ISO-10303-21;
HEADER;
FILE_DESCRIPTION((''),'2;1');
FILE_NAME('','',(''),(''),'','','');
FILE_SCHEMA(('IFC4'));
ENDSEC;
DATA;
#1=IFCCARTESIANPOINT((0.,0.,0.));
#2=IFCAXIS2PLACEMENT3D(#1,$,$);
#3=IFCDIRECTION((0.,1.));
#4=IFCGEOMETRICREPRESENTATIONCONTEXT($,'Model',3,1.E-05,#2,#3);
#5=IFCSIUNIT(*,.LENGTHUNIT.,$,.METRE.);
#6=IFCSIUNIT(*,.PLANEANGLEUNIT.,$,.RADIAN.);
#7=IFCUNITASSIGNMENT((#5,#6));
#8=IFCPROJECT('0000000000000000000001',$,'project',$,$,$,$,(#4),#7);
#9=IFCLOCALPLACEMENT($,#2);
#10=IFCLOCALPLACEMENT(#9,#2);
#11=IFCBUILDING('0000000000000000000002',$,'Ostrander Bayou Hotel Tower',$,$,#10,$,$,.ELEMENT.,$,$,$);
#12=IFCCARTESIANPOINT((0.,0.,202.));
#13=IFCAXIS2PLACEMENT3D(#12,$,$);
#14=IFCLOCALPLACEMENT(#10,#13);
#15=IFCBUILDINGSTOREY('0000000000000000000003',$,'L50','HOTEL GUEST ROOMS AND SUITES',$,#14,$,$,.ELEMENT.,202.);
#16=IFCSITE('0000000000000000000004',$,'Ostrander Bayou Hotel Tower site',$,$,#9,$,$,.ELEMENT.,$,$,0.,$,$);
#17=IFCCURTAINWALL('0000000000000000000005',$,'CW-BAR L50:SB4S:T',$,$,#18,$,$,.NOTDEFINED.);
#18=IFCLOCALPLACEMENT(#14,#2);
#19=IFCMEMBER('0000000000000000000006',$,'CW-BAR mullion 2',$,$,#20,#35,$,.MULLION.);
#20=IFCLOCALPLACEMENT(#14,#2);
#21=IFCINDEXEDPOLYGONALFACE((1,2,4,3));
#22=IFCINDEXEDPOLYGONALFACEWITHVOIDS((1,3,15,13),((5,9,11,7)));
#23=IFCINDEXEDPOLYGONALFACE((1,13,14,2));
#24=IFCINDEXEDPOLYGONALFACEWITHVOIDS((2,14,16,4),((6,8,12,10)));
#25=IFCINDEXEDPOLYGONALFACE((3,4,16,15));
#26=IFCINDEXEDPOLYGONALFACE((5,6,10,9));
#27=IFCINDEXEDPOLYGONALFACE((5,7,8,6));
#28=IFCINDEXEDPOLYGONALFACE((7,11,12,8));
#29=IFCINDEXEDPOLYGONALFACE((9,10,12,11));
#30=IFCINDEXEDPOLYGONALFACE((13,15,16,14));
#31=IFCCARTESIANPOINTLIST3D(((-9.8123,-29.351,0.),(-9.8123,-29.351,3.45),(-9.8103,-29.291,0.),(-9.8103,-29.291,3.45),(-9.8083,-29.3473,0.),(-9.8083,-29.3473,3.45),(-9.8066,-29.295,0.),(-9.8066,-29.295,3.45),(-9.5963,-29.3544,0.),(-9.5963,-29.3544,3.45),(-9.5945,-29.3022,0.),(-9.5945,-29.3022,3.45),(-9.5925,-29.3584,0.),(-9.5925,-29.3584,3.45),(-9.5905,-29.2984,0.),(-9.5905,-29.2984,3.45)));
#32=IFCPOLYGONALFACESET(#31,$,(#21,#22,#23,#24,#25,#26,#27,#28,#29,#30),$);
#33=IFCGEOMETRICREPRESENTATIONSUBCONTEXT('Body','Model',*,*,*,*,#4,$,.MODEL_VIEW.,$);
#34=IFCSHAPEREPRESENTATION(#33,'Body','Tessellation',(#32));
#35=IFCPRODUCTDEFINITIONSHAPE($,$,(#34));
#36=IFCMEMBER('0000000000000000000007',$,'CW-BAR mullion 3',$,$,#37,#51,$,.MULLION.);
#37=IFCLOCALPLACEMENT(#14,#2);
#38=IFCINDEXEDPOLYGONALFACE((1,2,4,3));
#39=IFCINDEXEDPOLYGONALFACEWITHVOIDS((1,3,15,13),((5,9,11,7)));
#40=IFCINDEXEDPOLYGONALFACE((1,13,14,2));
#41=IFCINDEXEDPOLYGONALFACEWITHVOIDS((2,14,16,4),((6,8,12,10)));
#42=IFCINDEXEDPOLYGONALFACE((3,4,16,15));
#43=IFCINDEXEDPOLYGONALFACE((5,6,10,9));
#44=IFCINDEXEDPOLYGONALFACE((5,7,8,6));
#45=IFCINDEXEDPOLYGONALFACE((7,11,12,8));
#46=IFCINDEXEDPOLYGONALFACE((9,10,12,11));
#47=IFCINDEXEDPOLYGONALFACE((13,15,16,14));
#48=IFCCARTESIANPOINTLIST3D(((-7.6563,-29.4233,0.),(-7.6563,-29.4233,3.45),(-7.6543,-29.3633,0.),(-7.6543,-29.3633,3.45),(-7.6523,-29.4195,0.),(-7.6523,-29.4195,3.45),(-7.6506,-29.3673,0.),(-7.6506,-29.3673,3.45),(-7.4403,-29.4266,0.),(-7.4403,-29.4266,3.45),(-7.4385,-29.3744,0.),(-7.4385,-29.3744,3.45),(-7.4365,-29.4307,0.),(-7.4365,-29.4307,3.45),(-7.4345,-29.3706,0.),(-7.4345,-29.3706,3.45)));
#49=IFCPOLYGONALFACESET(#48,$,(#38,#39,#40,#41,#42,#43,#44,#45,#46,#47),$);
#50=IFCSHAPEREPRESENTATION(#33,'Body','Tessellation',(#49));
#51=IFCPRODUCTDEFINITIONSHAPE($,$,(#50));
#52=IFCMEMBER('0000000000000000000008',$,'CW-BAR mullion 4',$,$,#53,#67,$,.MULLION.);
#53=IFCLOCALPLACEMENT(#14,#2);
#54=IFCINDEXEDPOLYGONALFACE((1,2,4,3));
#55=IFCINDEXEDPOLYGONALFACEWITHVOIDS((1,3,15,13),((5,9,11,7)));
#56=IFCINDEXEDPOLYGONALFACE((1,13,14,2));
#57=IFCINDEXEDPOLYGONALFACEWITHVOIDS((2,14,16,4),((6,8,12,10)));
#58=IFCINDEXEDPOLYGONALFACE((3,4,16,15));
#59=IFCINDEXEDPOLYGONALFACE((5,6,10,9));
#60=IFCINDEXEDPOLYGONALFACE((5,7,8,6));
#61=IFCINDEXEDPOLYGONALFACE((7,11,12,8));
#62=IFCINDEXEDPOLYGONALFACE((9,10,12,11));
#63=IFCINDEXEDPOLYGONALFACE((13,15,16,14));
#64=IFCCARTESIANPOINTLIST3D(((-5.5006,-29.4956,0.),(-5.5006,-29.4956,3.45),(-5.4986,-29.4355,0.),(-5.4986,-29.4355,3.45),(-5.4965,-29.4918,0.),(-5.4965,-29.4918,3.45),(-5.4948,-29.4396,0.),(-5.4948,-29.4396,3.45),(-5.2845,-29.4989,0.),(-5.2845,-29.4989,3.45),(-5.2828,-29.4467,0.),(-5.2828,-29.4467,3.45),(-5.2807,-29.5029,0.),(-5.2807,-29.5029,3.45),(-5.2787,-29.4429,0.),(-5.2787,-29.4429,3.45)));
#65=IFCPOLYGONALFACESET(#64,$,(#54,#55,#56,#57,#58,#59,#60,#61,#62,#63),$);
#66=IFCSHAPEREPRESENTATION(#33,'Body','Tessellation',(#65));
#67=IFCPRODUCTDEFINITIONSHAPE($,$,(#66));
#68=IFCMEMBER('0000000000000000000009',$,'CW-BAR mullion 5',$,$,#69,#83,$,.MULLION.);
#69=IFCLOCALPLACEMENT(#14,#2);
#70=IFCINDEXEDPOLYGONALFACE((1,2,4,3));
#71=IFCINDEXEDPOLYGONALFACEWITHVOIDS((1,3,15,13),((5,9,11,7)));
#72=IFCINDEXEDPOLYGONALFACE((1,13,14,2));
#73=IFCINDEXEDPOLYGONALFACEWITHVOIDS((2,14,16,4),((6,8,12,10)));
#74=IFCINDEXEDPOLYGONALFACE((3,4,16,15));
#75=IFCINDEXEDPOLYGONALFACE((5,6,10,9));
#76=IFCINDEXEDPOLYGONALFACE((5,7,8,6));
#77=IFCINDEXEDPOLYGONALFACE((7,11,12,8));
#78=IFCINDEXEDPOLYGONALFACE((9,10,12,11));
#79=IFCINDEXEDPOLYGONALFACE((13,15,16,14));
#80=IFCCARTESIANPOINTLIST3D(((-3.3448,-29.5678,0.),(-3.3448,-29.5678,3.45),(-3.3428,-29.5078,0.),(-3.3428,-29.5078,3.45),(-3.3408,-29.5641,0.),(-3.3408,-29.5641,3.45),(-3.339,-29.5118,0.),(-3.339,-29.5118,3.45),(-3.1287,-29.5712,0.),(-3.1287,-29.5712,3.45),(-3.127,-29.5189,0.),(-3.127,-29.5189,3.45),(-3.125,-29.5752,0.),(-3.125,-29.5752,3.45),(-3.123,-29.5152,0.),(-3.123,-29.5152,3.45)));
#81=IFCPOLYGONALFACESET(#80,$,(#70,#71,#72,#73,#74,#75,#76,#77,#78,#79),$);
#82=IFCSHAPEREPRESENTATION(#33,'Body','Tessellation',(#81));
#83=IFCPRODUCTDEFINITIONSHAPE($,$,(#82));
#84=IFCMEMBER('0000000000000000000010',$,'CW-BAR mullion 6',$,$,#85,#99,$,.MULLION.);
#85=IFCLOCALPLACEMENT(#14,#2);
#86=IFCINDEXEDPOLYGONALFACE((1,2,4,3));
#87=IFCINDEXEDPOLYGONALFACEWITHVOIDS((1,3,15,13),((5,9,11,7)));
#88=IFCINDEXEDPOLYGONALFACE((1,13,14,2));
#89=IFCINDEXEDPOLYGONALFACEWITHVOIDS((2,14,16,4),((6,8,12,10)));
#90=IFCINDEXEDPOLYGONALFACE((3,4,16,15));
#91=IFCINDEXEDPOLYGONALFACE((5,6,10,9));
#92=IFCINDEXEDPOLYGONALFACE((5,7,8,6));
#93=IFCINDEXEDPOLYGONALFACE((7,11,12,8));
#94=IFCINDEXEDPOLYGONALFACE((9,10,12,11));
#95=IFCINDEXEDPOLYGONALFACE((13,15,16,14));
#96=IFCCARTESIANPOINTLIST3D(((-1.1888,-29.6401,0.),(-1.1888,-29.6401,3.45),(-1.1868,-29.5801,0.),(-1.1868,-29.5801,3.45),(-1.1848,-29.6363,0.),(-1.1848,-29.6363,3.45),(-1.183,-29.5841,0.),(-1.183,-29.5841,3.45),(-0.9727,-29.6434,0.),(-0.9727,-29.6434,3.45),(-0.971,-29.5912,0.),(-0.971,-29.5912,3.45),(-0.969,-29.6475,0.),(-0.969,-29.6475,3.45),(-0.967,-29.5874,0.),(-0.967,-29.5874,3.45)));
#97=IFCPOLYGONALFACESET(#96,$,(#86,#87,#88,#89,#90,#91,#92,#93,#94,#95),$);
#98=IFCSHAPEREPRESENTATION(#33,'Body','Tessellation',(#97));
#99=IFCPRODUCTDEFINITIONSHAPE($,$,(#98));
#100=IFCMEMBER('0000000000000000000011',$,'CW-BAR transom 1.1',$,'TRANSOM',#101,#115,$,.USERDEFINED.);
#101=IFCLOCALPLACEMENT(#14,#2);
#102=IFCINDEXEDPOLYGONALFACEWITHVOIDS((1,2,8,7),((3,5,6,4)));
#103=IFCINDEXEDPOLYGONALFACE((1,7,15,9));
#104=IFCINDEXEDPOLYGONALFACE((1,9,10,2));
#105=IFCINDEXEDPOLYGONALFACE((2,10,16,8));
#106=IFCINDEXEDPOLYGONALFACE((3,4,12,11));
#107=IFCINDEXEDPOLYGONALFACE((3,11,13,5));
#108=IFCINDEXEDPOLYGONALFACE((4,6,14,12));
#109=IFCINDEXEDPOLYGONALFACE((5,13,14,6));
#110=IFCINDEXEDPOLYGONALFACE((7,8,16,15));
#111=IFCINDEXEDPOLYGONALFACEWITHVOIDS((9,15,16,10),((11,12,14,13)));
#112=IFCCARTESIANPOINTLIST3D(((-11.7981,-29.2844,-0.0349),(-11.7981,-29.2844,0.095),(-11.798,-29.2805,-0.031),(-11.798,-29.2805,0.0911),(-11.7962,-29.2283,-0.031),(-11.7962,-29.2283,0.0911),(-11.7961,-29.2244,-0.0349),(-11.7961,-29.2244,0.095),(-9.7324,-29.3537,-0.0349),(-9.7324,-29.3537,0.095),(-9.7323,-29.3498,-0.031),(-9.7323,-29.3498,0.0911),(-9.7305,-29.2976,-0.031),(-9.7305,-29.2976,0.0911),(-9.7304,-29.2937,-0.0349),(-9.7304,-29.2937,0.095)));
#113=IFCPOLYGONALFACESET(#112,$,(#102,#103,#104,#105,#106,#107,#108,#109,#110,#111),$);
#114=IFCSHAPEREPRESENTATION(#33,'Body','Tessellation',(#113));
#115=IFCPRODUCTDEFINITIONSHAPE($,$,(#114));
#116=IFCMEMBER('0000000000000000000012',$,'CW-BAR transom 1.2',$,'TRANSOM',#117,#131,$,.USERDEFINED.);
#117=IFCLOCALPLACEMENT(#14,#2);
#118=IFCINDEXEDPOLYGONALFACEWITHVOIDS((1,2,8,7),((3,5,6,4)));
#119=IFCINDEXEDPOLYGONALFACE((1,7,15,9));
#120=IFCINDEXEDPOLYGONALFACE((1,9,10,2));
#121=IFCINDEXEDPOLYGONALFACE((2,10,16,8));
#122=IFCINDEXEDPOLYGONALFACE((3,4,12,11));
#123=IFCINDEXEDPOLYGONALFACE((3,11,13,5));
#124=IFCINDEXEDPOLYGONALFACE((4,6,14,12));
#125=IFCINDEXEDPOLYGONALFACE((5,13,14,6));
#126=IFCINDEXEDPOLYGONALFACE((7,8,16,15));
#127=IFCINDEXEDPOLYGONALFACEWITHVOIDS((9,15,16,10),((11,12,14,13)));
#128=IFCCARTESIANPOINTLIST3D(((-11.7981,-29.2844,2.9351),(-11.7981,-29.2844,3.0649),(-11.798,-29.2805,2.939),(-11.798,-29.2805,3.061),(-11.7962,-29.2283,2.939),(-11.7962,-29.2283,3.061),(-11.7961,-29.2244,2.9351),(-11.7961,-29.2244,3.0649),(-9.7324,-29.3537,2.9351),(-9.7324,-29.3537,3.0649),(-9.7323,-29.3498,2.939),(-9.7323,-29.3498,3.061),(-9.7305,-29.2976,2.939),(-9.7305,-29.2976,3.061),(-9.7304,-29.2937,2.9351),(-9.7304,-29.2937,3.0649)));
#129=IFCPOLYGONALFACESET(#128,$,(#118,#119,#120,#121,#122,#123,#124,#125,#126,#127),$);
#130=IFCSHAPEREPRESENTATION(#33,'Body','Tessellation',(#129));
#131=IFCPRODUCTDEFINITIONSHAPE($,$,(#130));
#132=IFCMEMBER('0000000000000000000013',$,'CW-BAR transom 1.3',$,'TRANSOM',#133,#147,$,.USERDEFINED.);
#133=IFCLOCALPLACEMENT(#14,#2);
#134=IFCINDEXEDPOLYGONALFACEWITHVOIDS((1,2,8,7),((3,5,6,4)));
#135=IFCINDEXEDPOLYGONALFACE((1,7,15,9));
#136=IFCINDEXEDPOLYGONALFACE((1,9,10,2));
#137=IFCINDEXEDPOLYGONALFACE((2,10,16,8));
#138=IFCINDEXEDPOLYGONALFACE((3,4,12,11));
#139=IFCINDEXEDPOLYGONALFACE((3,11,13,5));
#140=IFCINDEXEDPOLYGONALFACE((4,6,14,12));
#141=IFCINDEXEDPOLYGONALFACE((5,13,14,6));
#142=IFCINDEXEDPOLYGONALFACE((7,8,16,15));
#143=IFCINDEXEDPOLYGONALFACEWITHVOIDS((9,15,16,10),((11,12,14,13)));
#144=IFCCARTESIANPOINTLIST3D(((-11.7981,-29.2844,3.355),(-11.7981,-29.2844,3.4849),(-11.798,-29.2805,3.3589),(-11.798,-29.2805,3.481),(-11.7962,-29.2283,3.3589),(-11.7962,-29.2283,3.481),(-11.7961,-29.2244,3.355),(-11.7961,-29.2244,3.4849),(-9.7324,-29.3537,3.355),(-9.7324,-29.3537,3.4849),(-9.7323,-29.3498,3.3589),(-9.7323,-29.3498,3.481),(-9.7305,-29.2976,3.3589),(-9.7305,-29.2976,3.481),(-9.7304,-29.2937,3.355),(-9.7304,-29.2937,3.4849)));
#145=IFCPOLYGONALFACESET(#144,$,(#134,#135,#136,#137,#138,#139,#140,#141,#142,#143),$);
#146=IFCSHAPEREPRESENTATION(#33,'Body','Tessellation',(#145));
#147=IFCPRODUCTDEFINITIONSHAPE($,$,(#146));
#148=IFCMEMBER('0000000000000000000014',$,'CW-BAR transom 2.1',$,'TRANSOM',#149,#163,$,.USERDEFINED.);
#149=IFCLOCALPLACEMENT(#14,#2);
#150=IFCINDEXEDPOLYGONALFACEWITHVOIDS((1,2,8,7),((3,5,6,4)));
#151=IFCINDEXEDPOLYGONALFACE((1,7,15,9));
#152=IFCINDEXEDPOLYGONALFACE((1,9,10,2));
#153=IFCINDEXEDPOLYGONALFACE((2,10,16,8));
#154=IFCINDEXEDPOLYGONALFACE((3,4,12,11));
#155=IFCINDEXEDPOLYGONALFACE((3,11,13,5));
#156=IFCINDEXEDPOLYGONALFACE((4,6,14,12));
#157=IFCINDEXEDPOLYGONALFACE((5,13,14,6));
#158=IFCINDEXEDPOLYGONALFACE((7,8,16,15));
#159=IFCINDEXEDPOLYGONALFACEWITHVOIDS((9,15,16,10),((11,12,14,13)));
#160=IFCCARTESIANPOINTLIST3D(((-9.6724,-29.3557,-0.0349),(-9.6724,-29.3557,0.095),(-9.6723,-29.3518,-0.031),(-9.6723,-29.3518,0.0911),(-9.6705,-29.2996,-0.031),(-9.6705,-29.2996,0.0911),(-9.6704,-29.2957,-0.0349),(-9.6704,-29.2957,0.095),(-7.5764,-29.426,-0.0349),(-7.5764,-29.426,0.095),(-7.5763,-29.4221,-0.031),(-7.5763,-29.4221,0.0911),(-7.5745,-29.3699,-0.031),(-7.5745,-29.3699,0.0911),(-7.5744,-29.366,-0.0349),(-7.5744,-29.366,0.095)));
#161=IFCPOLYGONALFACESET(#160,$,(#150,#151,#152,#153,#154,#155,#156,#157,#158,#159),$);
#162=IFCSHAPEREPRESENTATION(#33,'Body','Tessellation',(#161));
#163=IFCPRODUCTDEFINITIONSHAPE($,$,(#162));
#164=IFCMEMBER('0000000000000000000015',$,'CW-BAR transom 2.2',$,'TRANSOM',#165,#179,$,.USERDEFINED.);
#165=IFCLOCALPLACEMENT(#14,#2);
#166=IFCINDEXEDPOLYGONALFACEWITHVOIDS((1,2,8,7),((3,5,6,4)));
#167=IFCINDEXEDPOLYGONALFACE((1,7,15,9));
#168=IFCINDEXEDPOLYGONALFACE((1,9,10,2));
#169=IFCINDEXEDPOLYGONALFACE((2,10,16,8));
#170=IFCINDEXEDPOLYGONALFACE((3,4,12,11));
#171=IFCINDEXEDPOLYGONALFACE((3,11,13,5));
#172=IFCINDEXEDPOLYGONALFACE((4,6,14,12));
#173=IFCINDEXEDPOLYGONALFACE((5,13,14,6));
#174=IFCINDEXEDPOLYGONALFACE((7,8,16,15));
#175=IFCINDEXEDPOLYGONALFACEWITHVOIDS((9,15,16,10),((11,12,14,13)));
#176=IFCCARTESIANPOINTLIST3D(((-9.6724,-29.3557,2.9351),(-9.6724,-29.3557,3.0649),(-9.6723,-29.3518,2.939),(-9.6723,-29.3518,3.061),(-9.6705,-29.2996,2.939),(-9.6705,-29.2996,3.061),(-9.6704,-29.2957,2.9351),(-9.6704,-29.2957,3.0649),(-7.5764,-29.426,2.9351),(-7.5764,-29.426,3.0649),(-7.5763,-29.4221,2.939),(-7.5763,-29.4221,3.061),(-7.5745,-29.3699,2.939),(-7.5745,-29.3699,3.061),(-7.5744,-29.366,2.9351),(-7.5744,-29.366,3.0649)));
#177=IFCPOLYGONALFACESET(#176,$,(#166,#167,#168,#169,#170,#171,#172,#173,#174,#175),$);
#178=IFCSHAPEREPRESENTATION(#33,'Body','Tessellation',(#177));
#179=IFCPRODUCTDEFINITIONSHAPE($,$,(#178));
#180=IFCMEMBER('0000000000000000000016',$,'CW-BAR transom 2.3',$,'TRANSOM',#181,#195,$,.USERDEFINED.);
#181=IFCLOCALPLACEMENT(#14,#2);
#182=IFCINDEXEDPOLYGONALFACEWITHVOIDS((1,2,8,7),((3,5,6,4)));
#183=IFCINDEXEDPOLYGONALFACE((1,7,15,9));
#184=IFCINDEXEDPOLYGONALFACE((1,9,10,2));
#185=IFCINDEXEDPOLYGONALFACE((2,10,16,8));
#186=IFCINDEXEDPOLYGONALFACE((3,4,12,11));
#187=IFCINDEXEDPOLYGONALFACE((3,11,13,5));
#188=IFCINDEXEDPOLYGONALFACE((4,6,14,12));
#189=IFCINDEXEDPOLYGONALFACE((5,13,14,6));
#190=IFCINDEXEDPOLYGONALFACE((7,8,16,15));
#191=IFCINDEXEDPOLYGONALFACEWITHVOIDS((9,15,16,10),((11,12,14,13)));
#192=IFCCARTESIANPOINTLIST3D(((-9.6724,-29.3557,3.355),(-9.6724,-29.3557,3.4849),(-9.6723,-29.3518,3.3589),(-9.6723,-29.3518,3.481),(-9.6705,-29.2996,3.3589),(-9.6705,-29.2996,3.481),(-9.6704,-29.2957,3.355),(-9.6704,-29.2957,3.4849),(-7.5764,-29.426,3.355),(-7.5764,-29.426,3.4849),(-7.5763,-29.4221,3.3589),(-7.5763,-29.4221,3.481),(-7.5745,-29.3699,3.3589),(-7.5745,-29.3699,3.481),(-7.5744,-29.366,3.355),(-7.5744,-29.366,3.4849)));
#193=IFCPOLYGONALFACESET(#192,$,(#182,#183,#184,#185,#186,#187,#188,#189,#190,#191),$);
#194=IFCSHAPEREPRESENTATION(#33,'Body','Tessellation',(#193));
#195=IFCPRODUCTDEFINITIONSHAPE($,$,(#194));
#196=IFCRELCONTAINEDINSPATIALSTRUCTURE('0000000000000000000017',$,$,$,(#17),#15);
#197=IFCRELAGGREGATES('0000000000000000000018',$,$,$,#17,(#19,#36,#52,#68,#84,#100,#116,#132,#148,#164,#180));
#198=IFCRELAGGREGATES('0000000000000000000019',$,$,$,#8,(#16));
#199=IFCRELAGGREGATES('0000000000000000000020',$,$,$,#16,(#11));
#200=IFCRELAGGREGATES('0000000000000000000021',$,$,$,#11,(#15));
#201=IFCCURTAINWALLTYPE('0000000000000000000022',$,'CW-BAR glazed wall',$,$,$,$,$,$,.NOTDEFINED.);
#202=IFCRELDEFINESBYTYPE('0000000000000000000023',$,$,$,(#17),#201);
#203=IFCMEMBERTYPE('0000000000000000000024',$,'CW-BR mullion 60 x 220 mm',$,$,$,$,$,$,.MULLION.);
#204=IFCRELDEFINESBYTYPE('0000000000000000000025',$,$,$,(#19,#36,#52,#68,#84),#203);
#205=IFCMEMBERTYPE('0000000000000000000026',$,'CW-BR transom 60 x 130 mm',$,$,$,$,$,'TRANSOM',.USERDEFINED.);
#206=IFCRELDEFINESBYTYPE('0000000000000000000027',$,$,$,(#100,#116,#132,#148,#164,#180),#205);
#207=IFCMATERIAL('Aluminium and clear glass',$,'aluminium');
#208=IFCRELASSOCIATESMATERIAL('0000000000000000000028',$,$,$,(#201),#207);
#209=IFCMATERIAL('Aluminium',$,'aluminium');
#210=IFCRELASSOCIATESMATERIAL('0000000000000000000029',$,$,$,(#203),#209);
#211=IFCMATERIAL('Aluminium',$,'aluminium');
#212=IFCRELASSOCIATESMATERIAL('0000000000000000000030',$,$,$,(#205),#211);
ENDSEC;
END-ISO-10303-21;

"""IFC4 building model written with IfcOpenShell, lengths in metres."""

from ifc_helpers import new_model, si_unit, direction, frame, origin, origin_2d, place, context, subcontext, project, spatial, hollow_rectangle, extrude, material, material_profile, profile_set, type_object, element, aggregate, save


model = new_model("IFC4")

# Units and contexts
model_context = context("Model", 3, precision=1e-05, world=origin(), true_north=direction((0.0, 1.0)))
body_context = subcontext(model_context, "Body", "Model", "MODEL_VIEW")
ifc_project = project(units=[si_unit("LENGTHUNIT", "METRE"), si_unit("PLANEANGLEUNIT", "RADIAN")], contexts=[model_context])

# Site, building, storey
site_placement = place(None, origin())
site = spatial("IfcSite", under=ifc_project, at=site_placement, Name="Ostrander Bayou Hotel Tower site", CompositionType="ELEMENT", RefElevation=0.0)
building_placement = place(site_placement, origin())
building = spatial("IfcBuilding", under=site, at=building_placement, Name="Ostrander Bayou Hotel Tower", CompositionType="ELEMENT")
storey_placement = place(building_placement, frame((0.0, 0.0, 202.0)))
storey = spatial("IfcBuildingStorey", under=building, at=storey_placement, Name="L50", Description="HOTEL GUEST ROOMS AND SUITES", CompositionType="ELEMENT", Elevation=202.0)

# Curtain wall, members
ifc_material_1 = material(Name="Aluminium and clear glass", Category="aluminium")
curtain_wall_type = type_object("IfcCurtainWallType", Name="CW-BAR glazed wall", PredefinedType="NOTDEFINED", material=ifc_material_1)
curtain_wall_placement = place(storey_placement, origin())
curtain_wall = element("IfcCurtainWall", 1, at=curtain_wall_placement, inside=storey, type_object=curtain_wall_type, Name="CW-BAR L50:SB4S:T", PredefinedType="NOTDEFINED")
ifc_material_2 = material(Name="Aluminium", Category="aluminium")
ifc_material_profile_1 = material_profile(ifc_material_2, hollow_rectangle(XDim=0.0601, YDim=0.22, WallThickness=0.0039, at=origin_2d()))
ifc_profile_set_1 = profile_set([ifc_material_profile_1], Name="Aluminium")
member_type_1 = type_object("IfcMemberType", Name="CW-BR mullion 60 x 220 mm", PredefinedType="MULLION", material=ifc_profile_set_1)
member_1_placement = place(storey_placement, frame((-9.7014, -29.3247, 0.0), z_axis=(0.0, 0.0, 1.0), x_axis=(0.033505, 0.999439, 0.0)))
member_1 = element("IfcMember", 2, at=member_1_placement, type_object=member_type_1, Name="CW-BAR mullion 2", PredefinedType="MULLION", context=body_context, shape_type="SweptSolid", body=[
    extrude(hollow_rectangle(XDim=0.0601, YDim=0.22, WallThickness=0.0039, at=origin_2d()), origin(), (0.0, 0.0, 1.0), 3.45),
])
member_2_placement = place(storey_placement, frame((-7.5454, -29.397, 0.0), z_axis=(0.0, 0.0, 1.0), x_axis=(0.033505, 0.999439, 0.0)))
member_2 = element("IfcMember", 3, at=member_2_placement, type_object=member_type_1, Name="CW-BAR mullion 3", PredefinedType="MULLION", context=body_context, shape_type="SweptSolid", body=[
    extrude(hollow_rectangle(XDim=0.0601, YDim=0.22, WallThickness=0.0039, at=origin_2d()), origin(), (0.0, 0.0, 1.0), 3.45),
])
member_3_placement = place(storey_placement, frame((-5.3896, -29.4692, 0.0), z_axis=(0.0, 0.0, 1.0), x_axis=(0.033505, 0.999439, 0.0)))
member_3 = element("IfcMember", 4, at=member_3_placement, type_object=member_type_1, Name="CW-BAR mullion 4", PredefinedType="MULLION", context=body_context, shape_type="SweptSolid", body=[
    extrude(hollow_rectangle(XDim=0.0601, YDim=0.22, WallThickness=0.0039, at=origin_2d()), origin(), (0.0, 0.0, 1.0), 3.45),
])
member_4_placement = place(storey_placement, frame((-3.2339, -29.5415, 0.0), z_axis=(0.0, 0.0, 1.0), x_axis=(0.033505, 0.999439, 0.0)))
member_4 = element("IfcMember", 5, at=member_4_placement, type_object=member_type_1, Name="CW-BAR mullion 5", PredefinedType="MULLION", context=body_context, shape_type="SweptSolid", body=[
    extrude(hollow_rectangle(XDim=0.0601, YDim=0.22, WallThickness=0.0039, at=origin_2d()), origin(), (0.0, 0.0, 1.0), 3.45),
])
member_5_placement = place(storey_placement, frame((-1.0779, -29.6138, 0.0), z_axis=(0.0, 0.0, 1.0), x_axis=(0.033505, 0.999439, 0.0)))
member_5 = element("IfcMember", 6, at=member_5_placement, type_object=member_type_1, Name="CW-BAR mullion 6", PredefinedType="MULLION", context=body_context, shape_type="SweptSolid", body=[
    extrude(hollow_rectangle(XDim=0.0601, YDim=0.22, WallThickness=0.0039, at=origin_2d()), origin(), (0.0, 0.0, 1.0), 3.45),
])
ifc_material_3 = material(Name="Aluminium", Category="aluminium")
ifc_material_profile_2 = material_profile(ifc_material_3, hollow_rectangle(XDim=0.0601, YDim=0.1299, WallThickness=0.0039, at=origin_2d()))
ifc_profile_set_2 = profile_set([ifc_material_profile_2], Name="Aluminium")
member_type_2 = type_object("IfcMemberType", Name="CW-BR transom 60 x 130 mm", ElementType="TRANSOM", PredefinedType="USERDEFINED", material=ifc_profile_set_2)
member_6_placement = place(storey_placement, frame((-11.7971, -29.2544, 0.03), z_axis=(0.999437, -0.033547, 0.0), x_axis=(0.033547, 0.999437, 0.0)))
member_6 = element("IfcMember", 7, at=member_6_placement, type_object=member_type_2, Name="CW-BAR transom 1.1", ObjectType="TRANSOM", PredefinedType="USERDEFINED", context=body_context, shape_type="SweptSolid", body=[
    extrude(hollow_rectangle(XDim=0.0601, YDim=0.1299, WallThickness=0.0039, at=origin_2d()), origin(), (0.0, 0.0, 1.0), 2.0669),
])
member_7_placement = place(storey_placement, frame((-11.7971, -29.2544, 3.0), z_axis=(0.999437, -0.033547, 0.0), x_axis=(0.033547, 0.999437, 0.0)))
member_7 = element("IfcMember", 8, at=member_7_placement, type_object=member_type_2, Name="CW-BAR transom 1.2", ObjectType="TRANSOM", PredefinedType="USERDEFINED", context=body_context, shape_type="SweptSolid", body=[
    extrude(hollow_rectangle(XDim=0.0601, YDim=0.1299, WallThickness=0.0039, at=origin_2d()), origin(), (0.0, 0.0, 1.0), 2.0669),
])
member_8_placement = place(storey_placement, frame((-11.7971, -29.2544, 3.4199), z_axis=(0.999437, -0.033547, 0.0), x_axis=(0.033547, 0.999437, 0.0)))
member_8 = element("IfcMember", 9, at=member_8_placement, type_object=member_type_2, Name="CW-BAR transom 1.3", ObjectType="TRANSOM", PredefinedType="USERDEFINED", context=body_context, shape_type="SweptSolid", body=[
    extrude(hollow_rectangle(XDim=0.0601, YDim=0.1299, WallThickness=0.0039, at=origin_2d()), origin(), (0.0, 0.0, 1.0), 2.0669),
])
member_9_placement = place(storey_placement, frame((-9.6714, -29.3257, 0.03), z_axis=(0.999438, -0.033528, 0.0), x_axis=(0.033528, 0.999438, 0.0)))
member_9 = element("IfcMember", 10, at=member_9_placement, type_object=member_type_2, Name="CW-BAR transom 2.1", ObjectType="TRANSOM", PredefinedType="USERDEFINED", context=body_context, shape_type="SweptSolid", body=[
    extrude(hollow_rectangle(XDim=0.0601, YDim=0.1299, WallThickness=0.0039, at=origin_2d()), origin(), (0.0, 0.0, 1.0), 2.0972),
])
member_10_placement = place(storey_placement, frame((-9.6714, -29.3257, 3.0), z_axis=(0.999438, -0.033528, 0.0), x_axis=(0.033528, 0.999438, 0.0)))
member_10 = element("IfcMember", 11, at=member_10_placement, type_object=member_type_2, Name="CW-BAR transom 2.2", ObjectType="TRANSOM", PredefinedType="USERDEFINED", context=body_context, shape_type="SweptSolid", body=[
    extrude(hollow_rectangle(XDim=0.0601, YDim=0.1299, WallThickness=0.0039, at=origin_2d()), origin(), (0.0, 0.0, 1.0), 2.0972),
])
member_11_placement = place(storey_placement, frame((-9.6714, -29.3257, 3.4199), z_axis=(0.999438, -0.033528, 0.0), x_axis=(0.033528, 0.999438, 0.0)))
member_11 = element("IfcMember", 12, at=member_11_placement, type_object=member_type_2, Name="CW-BAR transom 2.3", ObjectType="TRANSOM", PredefinedType="USERDEFINED", context=body_context, shape_type="SweptSolid", body=[
    extrude(hollow_rectangle(XDim=0.0601, YDim=0.1299, WallThickness=0.0039, at=origin_2d()), origin(), (0.0, 0.0, 1.0), 2.0972),
])

aggregate(curtain_wall, [member_1, member_2, member_3, member_4, member_5, member_6, member_7, member_8, member_9, member_10, member_11])

save(model, "model.ifc")
